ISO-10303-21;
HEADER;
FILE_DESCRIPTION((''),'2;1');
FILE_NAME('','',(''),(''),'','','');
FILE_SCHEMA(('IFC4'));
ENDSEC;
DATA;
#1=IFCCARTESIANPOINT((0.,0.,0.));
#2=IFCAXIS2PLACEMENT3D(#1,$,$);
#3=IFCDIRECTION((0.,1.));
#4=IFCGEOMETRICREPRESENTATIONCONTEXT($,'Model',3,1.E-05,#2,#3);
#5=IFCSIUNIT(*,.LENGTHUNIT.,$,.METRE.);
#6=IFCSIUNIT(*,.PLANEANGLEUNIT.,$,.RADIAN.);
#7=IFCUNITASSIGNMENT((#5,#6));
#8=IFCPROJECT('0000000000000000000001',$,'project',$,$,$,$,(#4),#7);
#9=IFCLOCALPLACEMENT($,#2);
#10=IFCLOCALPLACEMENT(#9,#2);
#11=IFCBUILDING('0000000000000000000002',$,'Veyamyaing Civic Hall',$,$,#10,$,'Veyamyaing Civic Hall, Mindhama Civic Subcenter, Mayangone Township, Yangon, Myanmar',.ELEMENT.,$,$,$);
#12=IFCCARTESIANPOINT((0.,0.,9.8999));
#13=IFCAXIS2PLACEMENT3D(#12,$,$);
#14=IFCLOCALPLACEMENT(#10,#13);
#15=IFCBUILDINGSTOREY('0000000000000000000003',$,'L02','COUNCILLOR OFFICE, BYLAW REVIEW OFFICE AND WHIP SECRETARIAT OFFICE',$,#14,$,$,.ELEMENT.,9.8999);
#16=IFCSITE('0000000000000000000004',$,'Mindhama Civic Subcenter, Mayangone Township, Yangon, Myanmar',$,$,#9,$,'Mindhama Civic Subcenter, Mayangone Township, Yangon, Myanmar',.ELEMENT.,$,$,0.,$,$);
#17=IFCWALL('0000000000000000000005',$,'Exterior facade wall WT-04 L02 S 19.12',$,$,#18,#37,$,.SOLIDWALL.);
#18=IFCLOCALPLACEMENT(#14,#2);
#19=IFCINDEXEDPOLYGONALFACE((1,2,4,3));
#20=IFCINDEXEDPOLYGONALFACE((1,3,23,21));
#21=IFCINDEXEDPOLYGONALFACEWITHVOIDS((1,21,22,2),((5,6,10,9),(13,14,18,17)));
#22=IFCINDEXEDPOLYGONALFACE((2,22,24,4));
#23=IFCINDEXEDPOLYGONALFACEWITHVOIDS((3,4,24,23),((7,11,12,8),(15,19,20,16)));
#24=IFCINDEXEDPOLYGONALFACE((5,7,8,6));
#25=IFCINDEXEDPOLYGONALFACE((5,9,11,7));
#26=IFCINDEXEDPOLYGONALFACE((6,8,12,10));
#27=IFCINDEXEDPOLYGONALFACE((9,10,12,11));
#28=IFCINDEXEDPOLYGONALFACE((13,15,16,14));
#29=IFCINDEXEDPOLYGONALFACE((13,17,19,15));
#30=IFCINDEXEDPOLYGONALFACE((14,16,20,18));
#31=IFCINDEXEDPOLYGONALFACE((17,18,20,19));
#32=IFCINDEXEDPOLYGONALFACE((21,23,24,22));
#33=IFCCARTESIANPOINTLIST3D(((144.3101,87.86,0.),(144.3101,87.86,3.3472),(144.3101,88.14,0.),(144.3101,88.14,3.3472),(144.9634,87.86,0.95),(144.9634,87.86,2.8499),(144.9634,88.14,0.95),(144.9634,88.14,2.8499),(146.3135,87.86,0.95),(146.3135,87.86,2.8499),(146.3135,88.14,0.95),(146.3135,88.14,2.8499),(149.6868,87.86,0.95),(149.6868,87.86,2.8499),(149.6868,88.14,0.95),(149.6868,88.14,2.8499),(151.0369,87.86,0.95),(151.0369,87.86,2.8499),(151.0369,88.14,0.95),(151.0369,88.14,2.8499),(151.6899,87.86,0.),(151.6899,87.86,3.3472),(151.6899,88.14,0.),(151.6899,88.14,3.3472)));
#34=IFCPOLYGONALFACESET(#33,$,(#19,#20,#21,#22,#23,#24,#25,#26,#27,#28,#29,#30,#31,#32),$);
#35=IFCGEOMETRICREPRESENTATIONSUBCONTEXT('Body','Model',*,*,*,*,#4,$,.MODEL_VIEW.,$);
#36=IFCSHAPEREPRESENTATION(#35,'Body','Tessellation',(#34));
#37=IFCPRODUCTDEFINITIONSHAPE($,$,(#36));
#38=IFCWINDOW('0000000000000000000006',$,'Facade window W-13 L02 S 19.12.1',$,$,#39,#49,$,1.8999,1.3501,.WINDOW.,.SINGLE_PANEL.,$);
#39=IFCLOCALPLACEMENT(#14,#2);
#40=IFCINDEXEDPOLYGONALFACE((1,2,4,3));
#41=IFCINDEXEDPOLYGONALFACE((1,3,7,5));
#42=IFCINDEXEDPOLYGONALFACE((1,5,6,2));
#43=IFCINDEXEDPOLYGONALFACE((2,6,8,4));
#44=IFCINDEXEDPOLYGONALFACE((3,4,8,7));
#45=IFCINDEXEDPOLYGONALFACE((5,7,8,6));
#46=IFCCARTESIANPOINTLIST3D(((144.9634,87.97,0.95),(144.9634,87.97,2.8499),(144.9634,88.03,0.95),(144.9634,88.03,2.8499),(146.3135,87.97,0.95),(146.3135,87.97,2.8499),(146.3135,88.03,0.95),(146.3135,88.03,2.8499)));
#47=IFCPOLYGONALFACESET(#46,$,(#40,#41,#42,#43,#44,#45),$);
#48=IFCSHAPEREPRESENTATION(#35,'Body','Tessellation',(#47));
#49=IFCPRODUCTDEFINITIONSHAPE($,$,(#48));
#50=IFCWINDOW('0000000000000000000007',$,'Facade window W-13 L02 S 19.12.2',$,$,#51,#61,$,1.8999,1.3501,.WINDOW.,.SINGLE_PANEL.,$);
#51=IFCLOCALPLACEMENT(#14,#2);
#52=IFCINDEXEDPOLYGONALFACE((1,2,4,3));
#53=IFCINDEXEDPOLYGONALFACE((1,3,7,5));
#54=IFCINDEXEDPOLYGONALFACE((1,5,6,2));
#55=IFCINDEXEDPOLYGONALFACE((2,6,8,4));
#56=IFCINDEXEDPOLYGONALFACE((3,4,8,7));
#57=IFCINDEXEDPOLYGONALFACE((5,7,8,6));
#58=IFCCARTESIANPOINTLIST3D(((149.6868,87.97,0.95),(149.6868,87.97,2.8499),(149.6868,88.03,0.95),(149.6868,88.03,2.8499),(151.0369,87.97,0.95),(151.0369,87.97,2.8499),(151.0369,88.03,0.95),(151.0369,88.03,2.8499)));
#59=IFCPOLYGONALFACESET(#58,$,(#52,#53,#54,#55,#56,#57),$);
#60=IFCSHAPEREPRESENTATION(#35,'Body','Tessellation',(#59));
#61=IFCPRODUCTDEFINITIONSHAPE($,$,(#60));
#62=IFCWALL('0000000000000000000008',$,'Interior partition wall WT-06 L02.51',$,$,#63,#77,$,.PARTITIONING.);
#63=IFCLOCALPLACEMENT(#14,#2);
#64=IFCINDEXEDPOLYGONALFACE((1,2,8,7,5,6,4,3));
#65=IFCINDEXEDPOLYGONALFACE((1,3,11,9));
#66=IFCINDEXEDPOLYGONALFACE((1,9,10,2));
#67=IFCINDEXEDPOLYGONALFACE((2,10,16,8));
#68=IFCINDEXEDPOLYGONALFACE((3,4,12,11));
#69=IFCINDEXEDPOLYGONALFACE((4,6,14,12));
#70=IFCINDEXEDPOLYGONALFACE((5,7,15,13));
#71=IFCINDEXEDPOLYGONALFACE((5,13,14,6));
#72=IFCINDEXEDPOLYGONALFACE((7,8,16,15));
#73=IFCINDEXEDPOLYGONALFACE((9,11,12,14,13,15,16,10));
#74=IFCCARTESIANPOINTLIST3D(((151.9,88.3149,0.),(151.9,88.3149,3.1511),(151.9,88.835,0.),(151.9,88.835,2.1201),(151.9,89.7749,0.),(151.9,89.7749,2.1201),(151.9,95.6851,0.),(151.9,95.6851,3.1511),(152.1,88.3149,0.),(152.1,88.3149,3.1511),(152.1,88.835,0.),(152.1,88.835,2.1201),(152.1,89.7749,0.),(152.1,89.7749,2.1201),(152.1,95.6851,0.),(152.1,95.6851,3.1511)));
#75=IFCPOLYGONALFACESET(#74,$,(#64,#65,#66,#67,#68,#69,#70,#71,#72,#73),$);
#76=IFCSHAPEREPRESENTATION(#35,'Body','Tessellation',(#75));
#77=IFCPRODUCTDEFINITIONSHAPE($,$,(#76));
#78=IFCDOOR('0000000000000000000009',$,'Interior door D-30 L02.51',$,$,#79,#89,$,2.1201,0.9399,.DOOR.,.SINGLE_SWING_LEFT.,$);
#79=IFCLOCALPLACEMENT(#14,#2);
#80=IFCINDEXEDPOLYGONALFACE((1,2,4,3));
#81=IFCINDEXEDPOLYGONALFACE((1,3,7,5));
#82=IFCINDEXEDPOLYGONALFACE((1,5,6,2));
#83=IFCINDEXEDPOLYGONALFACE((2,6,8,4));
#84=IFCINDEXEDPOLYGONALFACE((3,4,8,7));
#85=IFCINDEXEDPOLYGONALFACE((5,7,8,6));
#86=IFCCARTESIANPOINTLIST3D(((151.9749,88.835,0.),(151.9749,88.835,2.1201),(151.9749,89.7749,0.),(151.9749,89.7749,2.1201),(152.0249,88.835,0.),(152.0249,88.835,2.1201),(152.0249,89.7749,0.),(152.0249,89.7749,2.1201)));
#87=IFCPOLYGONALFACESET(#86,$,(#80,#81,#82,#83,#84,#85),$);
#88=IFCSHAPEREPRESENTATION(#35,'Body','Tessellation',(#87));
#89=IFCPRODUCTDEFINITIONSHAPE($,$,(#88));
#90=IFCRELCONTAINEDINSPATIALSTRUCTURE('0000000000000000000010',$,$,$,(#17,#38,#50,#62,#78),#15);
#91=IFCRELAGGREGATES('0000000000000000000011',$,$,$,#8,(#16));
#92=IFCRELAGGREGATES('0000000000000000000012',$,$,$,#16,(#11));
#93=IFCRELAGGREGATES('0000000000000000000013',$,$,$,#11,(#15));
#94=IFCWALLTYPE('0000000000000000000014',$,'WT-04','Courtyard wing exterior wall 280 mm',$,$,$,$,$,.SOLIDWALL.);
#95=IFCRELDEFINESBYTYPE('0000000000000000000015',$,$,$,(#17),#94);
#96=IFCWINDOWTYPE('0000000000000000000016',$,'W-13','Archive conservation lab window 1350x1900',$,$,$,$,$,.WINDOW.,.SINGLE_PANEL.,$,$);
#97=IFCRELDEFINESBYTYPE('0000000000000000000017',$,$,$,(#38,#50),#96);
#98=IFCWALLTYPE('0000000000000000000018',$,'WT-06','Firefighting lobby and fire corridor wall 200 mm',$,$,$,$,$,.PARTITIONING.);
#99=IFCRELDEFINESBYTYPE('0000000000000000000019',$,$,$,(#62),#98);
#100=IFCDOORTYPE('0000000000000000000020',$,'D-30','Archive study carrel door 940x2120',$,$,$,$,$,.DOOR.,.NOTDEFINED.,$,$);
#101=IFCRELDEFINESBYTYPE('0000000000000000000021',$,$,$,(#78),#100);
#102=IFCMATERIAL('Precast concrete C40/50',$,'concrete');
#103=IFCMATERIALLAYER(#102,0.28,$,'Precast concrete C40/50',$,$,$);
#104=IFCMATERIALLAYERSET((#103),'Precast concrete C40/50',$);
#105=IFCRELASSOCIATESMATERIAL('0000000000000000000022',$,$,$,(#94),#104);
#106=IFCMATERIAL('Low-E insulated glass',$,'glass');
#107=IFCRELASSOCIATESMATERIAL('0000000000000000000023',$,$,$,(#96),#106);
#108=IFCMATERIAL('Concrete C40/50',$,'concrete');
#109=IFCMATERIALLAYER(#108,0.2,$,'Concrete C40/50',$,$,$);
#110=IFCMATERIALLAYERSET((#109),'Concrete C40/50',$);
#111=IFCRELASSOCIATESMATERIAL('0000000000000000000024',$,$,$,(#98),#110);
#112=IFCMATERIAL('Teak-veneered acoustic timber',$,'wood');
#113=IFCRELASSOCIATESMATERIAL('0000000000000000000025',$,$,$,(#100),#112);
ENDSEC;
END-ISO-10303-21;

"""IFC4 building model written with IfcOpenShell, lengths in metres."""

from ifc_helpers import new_model, si_unit, direction, frame, frame_2d, origin, place, context, subcontext, project, spatial, rectangle, extrude, material, layer, layer_set, type_object, element, fill, save


model = new_model("IFC4")

# Units and contexts
model_context = context("Model", 3, precision=1e-05, world=origin(), true_north=direction((0.0, 1.0)))
body_context = subcontext(model_context, "Body", "Model", "MODEL_VIEW")
ifc_project = project(units=[si_unit("LENGTHUNIT", "METRE"), si_unit("PLANEANGLEUNIT", "RADIAN")], contexts=[model_context])

# Site, building, storey
site_placement = place(None, origin())
site = spatial("IfcSite", under=ifc_project, at=site_placement, Name="Mindhama Civic Subcenter, Mayangone Township, Yangon, Myanmar", LongName="Mindhama Civic Subcenter, Mayangone Township, Yangon, Myanmar", CompositionType="ELEMENT", RefElevation=0.0)
building_placement = place(site_placement, origin())
building = spatial("IfcBuilding", under=site, at=building_placement, Name="Veyamyaing Civic Hall", LongName="Veyamyaing Civic Hall, Mindhama Civic Subcenter, Mayangone Township, Yangon, Myanmar", CompositionType="ELEMENT")
storey_placement = place(building_placement, frame((0.0, 0.0, 9.8999)))
storey = spatial("IfcBuildingStorey", under=building, at=storey_placement, Name="L02", Description="COUNCILLOR OFFICE, BYLAW REVIEW OFFICE AND WHIP SECRETARIAT OFFICE", CompositionType="ELEMENT", Elevation=9.8999)

# Shared definitions
ifc_material_1 = material(Name="Low-E insulated glass", Category="glass")

# Wall, openings, windows
ifc_material_2 = material(Name="Precast concrete C40/50", Category="concrete")
ifc_layer_1 = layer(ifc_material_2, 0.28, Name="Precast concrete C40/50")
ifc_layer_set_1 = layer_set([ifc_layer_1], Name="Precast concrete C40/50")
wall_type_1 = type_object("IfcWallType", Name="WT-04", Description="Courtyard wing exterior wall 280 mm", PredefinedType="SOLIDWALL", material=ifc_layer_set_1)
wall_1_placement = place(storey_placement, frame((144.3101, 88.0, 0.0), z_axis=(0.0, 0.0, 1.0), x_axis=(1.0, 0.0, 0.0)))
wall_1 = element("IfcWall", 1, at=wall_1_placement, inside=storey, type_object=wall_type_1, Name="Exterior facade wall WT-04 L02 S 19.12", PredefinedType="SOLIDWALL", context=body_context, shape_type="SweptSolid", body=[
    extrude(rectangle(XDim=7.3799, YDim=0.28, at=frame_2d((3.6899, 0.0))), origin(), (0.0, 0.0, 1.0), 3.3472),
])
opening_1_placement = place(wall_1_placement, frame((0.6533, 0.0, 0.95)))
opening_1 = element("IfcOpeningElement", 2, at=opening_1_placement, cuts=wall_1, PredefinedType="OPENING", context=body_context, shape_type="SweptSolid", body=[
    extrude(rectangle(XDim=1.3501, YDim=1.8999, at=frame_2d((0.675, 0.95))), frame((0.0, 0.1499, 0.0), z_axis=(0.0, -1.0, 0.0), x_axis=(1.0, 0.0, 0.0)), (0.0, 0.0, 1.0), 0.3),
])
opening_2_placement = place(wall_1_placement, frame((5.3767, 0.0, 0.95)))
opening_2 = element("IfcOpeningElement", 3, at=opening_2_placement, cuts=wall_1, PredefinedType="OPENING", context=body_context, shape_type="SweptSolid", body=[
    extrude(rectangle(XDim=1.3501, YDim=1.8999, at=frame_2d((0.675, 0.95))), frame((0.0, 0.1499, 0.0), z_axis=(0.0, -1.0, 0.0), x_axis=(1.0, 0.0, 0.0)), (0.0, 0.0, 1.0), 0.3),
])
window_type = type_object("IfcWindowType", Name="W-13", Description="Archive conservation lab window 1350x1900", PartitioningType="SINGLE_PANEL", PredefinedType="WINDOW", material=ifc_material_1)
window_1_placement = place(opening_1_placement, origin())
window_1 = element("IfcWindow", 4, at=window_1_placement, inside=storey, type_object=window_type, Name="Facade window W-13 L02 S 19.12.1", OverallHeight=1.8999, OverallWidth=1.3501, PartitioningType="SINGLE_PANEL", PredefinedType="WINDOW", context=body_context, shape_type="SweptSolid", body=[
    extrude(rectangle(XDim=1.3501, YDim=1.8999, at=frame_2d((0.675, 0.95))), frame((0.0, 0.03, 0.0), z_axis=(0.0, -1.0, 0.0), x_axis=(1.0, 0.0, 0.0)), (0.0, 0.0, 1.0), 0.0601),
])
fill(opening_1, window_1)
window_2_placement = place(opening_2_placement, origin())
window_2 = element("IfcWindow", 5, at=window_2_placement, inside=storey, type_object=window_type, Name="Facade window W-13 L02 S 19.12.2", OverallHeight=1.8999, OverallWidth=1.3501, PartitioningType="SINGLE_PANEL", PredefinedType="WINDOW", context=body_context, shape_type="SweptSolid", body=[
    extrude(rectangle(XDim=1.3501, YDim=1.8999, at=frame_2d((0.675, 0.95))), frame((0.0, 0.03, 0.0), z_axis=(0.0, -1.0, 0.0), x_axis=(1.0, 0.0, 0.0)), (0.0, 0.0, 1.0), 0.0601),
])
fill(opening_2, window_2)

# Wall, opening, door
ifc_material_3 = material(Name="Concrete C40/50", Category="concrete")
ifc_layer_2 = layer(ifc_material_3, 0.2, Name="Concrete C40/50")
ifc_layer_set_2 = layer_set([ifc_layer_2], Name="Concrete C40/50")
wall_type_2 = type_object("IfcWallType", Name="WT-06", Description="Firefighting lobby and fire corridor wall 200 mm", PredefinedType="PARTITIONING", material=ifc_layer_set_2)
wall_2_placement = place(storey_placement, frame((152.0, 88.3149, 0.0), z_axis=(0.0, 0.0, 1.0), x_axis=(0.0, 1.0, 0.0)))
wall_2 = element("IfcWall", 6, at=wall_2_placement, inside=storey, type_object=wall_type_2, Name="Interior partition wall WT-06 L02.51", PredefinedType="PARTITIONING", context=body_context, shape_type="SweptSolid", body=[
    extrude(rectangle(XDim=7.3701, YDim=0.2, at=frame_2d((3.6851, 0.0))), origin(), (0.0, 0.0, 1.0), 3.1511),
])
opening_3_placement = place(wall_2_placement, frame((0.52, 0.0, 0.0)))
opening_3 = element("IfcOpeningElement", 7, at=opening_3_placement, cuts=wall_2, PredefinedType="OPENING", context=body_context, shape_type="SweptSolid", body=[
    extrude(rectangle(XDim=0.9399, YDim=2.1201, at=frame_2d((0.47, 1.0601))), frame((0.0, 0.1099, 0.0), z_axis=(0.0, -1.0, 0.0), x_axis=(1.0, 0.0, 0.0)), (0.0, 0.0, 1.0), 0.22),
])
ifc_material_4 = material(Name="Teak-veneered acoustic timber", Category="wood")
door_type = type_object("IfcDoorType", Name="D-30", Description="Archive study carrel door 940x2120", OperationType="NOTDEFINED", PredefinedType="DOOR", material=ifc_material_4)
door_placement = place(opening_3_placement, frame((0.9399, 0.0, 0.0), z_axis=(0.0, 0.0, 1.0), x_axis=(-1.0, 0.0, 0.0)))
door = element("IfcDoor", 8, at=door_placement, inside=storey, type_object=door_type, Name="Interior door D-30 L02.51", OperationType="SINGLE_SWING_LEFT", OverallHeight=2.1201, OverallWidth=0.9399, PredefinedType="DOOR", context=body_context, shape_type="SweptSolid", body=[
    extrude(rectangle(XDim=0.9399, YDim=2.1201, at=frame_2d((0.47, 1.0601))), frame((0.0, 0.0249, 0.0), z_axis=(0.0, -1.0, 0.0), x_axis=(1.0, 0.0, 0.0)), (0.0, 0.0, 1.0), 0.05),
])
fill(opening_3, door)

save(model, "model.ifc")
